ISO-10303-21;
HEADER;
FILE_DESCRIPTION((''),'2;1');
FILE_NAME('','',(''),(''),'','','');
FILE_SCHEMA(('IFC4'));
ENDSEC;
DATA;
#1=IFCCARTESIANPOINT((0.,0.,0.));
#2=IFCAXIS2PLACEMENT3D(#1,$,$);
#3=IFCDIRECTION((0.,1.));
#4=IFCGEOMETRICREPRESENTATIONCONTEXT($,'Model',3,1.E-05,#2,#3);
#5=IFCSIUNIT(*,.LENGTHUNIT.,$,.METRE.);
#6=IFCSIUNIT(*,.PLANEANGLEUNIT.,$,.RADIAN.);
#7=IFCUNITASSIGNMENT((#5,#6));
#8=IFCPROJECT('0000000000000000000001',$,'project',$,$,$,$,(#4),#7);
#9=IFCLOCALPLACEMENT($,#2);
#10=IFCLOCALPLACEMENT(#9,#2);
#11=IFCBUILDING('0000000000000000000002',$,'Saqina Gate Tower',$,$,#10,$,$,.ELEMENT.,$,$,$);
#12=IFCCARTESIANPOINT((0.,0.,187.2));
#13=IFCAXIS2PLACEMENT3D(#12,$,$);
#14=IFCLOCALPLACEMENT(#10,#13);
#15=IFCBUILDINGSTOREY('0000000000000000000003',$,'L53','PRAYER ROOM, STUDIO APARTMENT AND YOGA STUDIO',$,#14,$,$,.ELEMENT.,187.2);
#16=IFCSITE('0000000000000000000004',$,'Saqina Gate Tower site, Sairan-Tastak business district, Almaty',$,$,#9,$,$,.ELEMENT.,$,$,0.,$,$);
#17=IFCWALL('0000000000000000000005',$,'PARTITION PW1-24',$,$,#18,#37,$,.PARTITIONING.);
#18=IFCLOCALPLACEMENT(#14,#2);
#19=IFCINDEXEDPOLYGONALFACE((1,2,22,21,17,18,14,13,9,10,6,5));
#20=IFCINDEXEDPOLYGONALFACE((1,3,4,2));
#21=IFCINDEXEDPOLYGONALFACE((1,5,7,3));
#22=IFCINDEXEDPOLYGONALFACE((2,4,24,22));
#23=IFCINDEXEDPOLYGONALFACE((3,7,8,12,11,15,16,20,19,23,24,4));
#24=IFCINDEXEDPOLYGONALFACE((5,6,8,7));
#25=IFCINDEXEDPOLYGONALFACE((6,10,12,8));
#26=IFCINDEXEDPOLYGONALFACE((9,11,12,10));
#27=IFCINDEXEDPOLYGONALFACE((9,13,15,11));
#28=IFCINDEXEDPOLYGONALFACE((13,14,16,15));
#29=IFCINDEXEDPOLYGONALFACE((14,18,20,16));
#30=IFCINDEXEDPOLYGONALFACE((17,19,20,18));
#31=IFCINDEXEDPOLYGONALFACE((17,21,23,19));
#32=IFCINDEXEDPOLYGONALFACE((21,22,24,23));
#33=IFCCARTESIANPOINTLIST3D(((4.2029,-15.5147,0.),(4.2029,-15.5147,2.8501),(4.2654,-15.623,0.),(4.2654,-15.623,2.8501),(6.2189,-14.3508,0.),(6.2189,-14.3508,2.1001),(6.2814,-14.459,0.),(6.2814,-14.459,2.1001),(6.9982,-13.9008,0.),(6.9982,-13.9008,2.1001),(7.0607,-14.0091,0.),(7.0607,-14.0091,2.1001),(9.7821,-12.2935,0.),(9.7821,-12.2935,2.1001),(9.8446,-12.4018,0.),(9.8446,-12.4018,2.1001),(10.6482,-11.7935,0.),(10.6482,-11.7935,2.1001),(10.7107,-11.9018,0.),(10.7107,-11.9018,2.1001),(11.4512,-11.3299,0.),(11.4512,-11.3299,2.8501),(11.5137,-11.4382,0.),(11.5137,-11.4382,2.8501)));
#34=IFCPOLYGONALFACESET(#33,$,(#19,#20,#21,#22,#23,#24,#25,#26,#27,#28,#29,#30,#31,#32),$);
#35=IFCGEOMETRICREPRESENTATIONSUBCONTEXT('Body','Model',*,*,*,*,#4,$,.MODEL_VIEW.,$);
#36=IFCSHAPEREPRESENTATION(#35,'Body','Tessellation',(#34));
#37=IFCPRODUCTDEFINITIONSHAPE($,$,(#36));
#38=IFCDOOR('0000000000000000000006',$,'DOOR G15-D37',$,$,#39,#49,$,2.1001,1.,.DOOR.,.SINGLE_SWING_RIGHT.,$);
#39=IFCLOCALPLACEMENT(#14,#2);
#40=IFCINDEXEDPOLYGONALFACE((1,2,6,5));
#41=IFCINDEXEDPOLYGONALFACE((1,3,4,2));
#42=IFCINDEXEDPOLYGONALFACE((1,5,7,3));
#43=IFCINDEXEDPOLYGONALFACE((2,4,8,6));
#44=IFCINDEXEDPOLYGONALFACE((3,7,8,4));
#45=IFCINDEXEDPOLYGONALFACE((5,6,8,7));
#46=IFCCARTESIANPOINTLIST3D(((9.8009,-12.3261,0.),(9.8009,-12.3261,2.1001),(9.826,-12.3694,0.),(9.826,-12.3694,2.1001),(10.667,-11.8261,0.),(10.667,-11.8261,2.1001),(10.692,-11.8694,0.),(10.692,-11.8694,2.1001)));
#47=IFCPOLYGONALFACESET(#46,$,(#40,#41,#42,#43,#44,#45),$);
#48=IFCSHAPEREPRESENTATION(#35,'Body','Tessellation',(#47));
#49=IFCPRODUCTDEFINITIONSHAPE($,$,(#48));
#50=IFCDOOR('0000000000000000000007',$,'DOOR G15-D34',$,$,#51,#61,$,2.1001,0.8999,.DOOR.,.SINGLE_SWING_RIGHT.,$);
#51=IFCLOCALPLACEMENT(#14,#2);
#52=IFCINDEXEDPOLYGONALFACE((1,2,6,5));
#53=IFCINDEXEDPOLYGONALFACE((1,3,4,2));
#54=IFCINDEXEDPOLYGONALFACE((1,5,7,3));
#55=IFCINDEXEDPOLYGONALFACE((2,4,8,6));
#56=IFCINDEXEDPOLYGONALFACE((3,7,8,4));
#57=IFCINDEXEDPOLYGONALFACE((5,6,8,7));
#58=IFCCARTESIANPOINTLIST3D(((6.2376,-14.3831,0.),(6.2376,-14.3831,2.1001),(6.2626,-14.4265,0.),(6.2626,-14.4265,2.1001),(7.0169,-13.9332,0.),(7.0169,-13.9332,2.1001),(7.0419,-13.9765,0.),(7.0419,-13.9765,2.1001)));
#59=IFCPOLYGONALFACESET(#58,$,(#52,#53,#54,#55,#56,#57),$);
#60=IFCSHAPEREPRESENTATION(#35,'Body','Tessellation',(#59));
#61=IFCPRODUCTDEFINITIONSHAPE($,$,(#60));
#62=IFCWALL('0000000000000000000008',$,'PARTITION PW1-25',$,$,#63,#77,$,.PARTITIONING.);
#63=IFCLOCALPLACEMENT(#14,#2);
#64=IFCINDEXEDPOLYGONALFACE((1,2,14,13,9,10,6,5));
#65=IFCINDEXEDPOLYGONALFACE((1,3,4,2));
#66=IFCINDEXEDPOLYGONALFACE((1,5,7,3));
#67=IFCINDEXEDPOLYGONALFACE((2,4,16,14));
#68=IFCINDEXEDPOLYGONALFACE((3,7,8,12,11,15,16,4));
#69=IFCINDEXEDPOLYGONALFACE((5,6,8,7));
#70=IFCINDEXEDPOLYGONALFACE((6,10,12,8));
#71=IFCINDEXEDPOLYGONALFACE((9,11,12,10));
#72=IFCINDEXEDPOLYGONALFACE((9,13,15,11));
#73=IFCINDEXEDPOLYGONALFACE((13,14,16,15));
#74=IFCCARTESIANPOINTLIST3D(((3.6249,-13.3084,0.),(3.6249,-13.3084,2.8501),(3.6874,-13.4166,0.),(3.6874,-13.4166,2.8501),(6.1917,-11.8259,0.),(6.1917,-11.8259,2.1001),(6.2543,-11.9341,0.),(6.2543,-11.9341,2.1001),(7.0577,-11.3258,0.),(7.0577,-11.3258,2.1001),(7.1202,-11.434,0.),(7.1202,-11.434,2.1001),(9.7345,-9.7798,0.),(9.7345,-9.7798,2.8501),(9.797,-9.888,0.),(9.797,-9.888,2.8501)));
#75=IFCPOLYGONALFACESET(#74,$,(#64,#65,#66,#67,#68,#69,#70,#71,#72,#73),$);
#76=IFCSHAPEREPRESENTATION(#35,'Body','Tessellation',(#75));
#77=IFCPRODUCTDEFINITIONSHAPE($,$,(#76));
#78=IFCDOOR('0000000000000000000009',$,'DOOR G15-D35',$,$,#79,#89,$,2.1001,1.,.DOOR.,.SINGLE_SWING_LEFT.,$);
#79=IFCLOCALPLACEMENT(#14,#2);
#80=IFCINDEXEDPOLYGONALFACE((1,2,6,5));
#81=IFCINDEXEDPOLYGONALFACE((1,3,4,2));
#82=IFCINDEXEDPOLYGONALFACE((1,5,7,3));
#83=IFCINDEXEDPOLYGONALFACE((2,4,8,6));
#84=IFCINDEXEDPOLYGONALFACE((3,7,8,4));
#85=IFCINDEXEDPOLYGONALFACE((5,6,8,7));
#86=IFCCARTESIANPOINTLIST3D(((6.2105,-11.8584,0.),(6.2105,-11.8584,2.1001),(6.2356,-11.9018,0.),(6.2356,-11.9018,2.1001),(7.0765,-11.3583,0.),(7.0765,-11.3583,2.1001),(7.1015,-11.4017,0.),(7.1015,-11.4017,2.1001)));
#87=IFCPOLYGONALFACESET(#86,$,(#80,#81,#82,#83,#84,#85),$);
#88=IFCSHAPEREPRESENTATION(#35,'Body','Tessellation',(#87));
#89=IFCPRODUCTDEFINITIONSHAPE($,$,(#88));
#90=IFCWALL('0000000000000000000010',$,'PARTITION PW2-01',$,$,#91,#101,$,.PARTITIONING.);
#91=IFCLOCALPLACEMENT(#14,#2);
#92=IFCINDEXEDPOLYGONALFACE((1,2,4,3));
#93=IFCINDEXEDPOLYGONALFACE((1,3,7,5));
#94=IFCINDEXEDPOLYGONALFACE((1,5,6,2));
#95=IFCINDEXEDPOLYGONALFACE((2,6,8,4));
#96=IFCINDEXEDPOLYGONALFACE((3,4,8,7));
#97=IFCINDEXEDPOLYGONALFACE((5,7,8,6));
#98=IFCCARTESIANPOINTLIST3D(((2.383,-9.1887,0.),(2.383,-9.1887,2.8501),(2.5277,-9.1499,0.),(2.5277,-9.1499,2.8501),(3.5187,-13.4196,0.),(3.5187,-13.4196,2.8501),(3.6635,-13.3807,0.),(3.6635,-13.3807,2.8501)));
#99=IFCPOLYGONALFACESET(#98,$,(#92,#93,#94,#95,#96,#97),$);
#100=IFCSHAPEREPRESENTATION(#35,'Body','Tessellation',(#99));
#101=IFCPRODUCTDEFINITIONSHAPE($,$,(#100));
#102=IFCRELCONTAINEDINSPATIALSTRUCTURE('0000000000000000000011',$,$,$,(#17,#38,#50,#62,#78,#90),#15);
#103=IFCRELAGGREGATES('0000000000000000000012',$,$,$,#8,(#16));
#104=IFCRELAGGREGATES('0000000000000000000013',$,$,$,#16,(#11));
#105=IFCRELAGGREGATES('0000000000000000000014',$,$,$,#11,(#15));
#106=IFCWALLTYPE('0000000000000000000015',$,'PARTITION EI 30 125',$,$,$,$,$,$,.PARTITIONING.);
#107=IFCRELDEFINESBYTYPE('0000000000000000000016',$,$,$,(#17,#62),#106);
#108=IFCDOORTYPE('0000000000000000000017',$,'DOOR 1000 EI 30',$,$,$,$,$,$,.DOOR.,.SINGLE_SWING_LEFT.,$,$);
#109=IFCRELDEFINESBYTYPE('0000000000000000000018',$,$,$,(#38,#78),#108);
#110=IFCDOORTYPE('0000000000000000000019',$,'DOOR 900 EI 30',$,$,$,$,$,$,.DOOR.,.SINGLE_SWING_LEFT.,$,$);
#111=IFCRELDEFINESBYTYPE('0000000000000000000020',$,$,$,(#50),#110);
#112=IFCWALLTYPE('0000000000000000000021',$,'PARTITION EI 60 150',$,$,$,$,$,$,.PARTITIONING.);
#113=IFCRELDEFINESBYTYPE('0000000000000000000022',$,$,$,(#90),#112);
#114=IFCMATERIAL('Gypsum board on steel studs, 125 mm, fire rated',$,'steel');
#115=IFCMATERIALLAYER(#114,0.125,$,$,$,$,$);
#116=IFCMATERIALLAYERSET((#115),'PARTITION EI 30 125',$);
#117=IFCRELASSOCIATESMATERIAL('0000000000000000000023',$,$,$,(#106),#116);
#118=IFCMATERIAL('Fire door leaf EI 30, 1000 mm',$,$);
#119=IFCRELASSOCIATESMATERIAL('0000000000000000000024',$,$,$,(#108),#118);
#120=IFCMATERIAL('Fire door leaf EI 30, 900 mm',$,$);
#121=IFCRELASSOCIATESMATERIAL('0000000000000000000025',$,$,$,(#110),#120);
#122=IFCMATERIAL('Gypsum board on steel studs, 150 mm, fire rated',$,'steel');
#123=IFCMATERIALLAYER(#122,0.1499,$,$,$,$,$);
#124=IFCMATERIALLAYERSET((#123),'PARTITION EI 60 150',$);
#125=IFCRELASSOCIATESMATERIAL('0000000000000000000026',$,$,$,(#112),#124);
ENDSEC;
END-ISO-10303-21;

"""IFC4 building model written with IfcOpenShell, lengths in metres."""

from ifc_helpers import new_model, si_unit, direction, frame, frame_2d, origin, place, context, subcontext, project, spatial, rectangle, extrude, material, layer, layer_set, type_object, element, fill, save


model = new_model("IFC4")

# Units and contexts
model_context = context("Model", 3, precision=1e-05, world=origin(), true_north=direction((0.0, 1.0)))
body_context = subcontext(model_context, "Body", "Model", "MODEL_VIEW")
ifc_project = project(units=[si_unit("LENGTHUNIT", "METRE"), si_unit("PLANEANGLEUNIT", "RADIAN")], contexts=[model_context])

# Site, building, storey
site_placement = place(None, origin())
site = spatial("IfcSite", under=ifc_project, at=site_placement, Name="Saqina Gate Tower site, Sairan-Tastak business district, Almaty", CompositionType="ELEMENT", RefElevation=0.0)
building_placement = place(site_placement, origin())
building = spatial("IfcBuilding", under=site, at=building_placement, Name="Saqina Gate Tower", CompositionType="ELEMENT")
storey_placement = place(building_placement, frame((0.0, 0.0, 187.2)))
storey = spatial("IfcBuildingStorey", under=building, at=storey_placement, Name="L53", Description="PRAYER ROOM, STUDIO APARTMENT AND YOGA STUDIO", CompositionType="ELEMENT", Elevation=187.2)

# Shared definitions
ifc_material_1 = material(Name="Gypsum board on steel studs, 125 mm, fire rated", Category="steel")
ifc_layer_1 = layer(ifc_material_1, 0.125)
ifc_layer_set_1 = layer_set([ifc_layer_1], Name="PARTITION EI 30 125")
wall_type_1 = type_object("IfcWallType", Name="PARTITION EI 30 125", PredefinedType="PARTITIONING", material=ifc_layer_set_1)

# Wall, openings, doors
wall_1_placement = place(storey_placement, frame((4.2341, -15.5688, 0.0), z_axis=(0.0, 0.0, 1.0), x_axis=(0.866025, 0.500001, 0.0)))
wall_1 = element("IfcWall", 1, at=wall_1_placement, inside=storey, type_object=wall_type_1, Name="PARTITION PW1-24", PredefinedType="PARTITIONING", context=body_context, shape_type="SweptSolid", body=[
    extrude(rectangle(XDim=8.3696, YDim=0.125, at=frame_2d((4.1848, 0.0))), origin(), (0.0, 0.0, 1.0), 2.8501),
])
opening_1_placement = place(wall_1_placement, frame((2.3279, 0.0, 0.0)))
opening_1 = element("IfcOpeningElement", 2, at=opening_1_placement, cuts=wall_1, PredefinedType="OPENING", context=body_context, shape_type="SweptSolid", body=[
    extrude(rectangle(XDim=0.8999, YDim=2.1001, at=frame_2d((0.45, 1.05))), frame((0.0, 0.0745, 0.0), z_axis=(0.0, -1.0, 0.0), x_axis=(1.0, 0.0, 0.0)), (0.0, 0.0, 1.0), 0.1489),
])
opening_2_placement = place(wall_1_placement, frame((6.4424, 0.0, 0.0)))
opening_2 = element("IfcOpeningElement", 3, at=opening_2_placement, cuts=wall_1, PredefinedType="OPENING", context=body_context, shape_type="SweptSolid", body=[
    extrude(rectangle(XDim=1.0, YDim=2.1001, at=frame_2d((0.5, 1.05))), frame((0.0, 0.0745, 0.0), z_axis=(0.0, -1.0, 0.0), x_axis=(1.0, 0.0, 0.0)), (0.0, 0.0, 1.0), 0.1489),
])
ifc_material_2 = material(Name="Fire door leaf EI 30, 1000 mm")
door_type_1 = type_object("IfcDoorType", Name="DOOR 1000 EI 30", OperationType="SINGLE_SWING_LEFT", PredefinedType="DOOR", material=ifc_material_2)
door_1_placement = place(opening_2_placement, origin())
door_1 = element("IfcDoor", 4, at=door_1_placement, inside=storey, type_object=door_type_1, Name="DOOR G15-D37", OperationType="SINGLE_SWING_RIGHT", OverallHeight=2.1001, OverallWidth=1.0, PredefinedType="DOOR", context=body_context, shape_type="SweptSolid", body=[
    extrude(rectangle(XDim=1.0, YDim=2.1001, at=frame_2d((0.5, 1.05))), frame((0.0, 0.0249, 0.0), z_axis=(0.0, -1.0, 0.0), x_axis=(1.0, 0.0, 0.0)), (0.0, 0.0, 1.0), 0.05),
])
fill(opening_2, door_1)
ifc_material_3 = material(Name="Fire door leaf EI 30, 900 mm")
door_type_2 = type_object("IfcDoorType", Name="DOOR 900 EI 30", OperationType="SINGLE_SWING_LEFT", PredefinedType="DOOR", material=ifc_material_3)
door_2_placement = place(opening_1_placement, frame((0.8999, 0.0, 0.0), z_axis=(0.0, 0.0, 1.0), x_axis=(-1.0, 0.0, 0.0)))
door_2 = element("IfcDoor", 5, at=door_2_placement, inside=storey, type_object=door_type_2, Name="DOOR G15-D34", OperationType="SINGLE_SWING_RIGHT", OverallHeight=2.1001, OverallWidth=0.8999, PredefinedType="DOOR", context=body_context, shape_type="SweptSolid", body=[
    extrude(rectangle(XDim=0.8999, YDim=2.1001, at=frame_2d((0.45, 1.05))), frame((0.0, 0.0249, 0.0), z_axis=(0.0, -1.0, 0.0), x_axis=(1.0, 0.0, 0.0)), (0.0, 0.0, 1.0), 0.05),
])
fill(opening_1, door_2)

# Wall, opening, door
wall_2_placement = place(storey_placement, frame((3.656, -13.3625, 0.0), z_axis=(0.0, 0.0, 1.0), x_axis=(0.865953, 0.500125, 0.0)))
wall_2 = element("IfcWall", 6, at=wall_2_placement, inside=storey, type_object=wall_type_1, Name="PARTITION PW1-25", PredefinedType="PARTITIONING", context=body_context, shape_type="SweptSolid", body=[
    extrude(rectangle(XDim=7.0554, YDim=0.125, at=frame_2d((3.5278, 0.0))), origin(), (0.0, 0.0, 1.0), 2.8501),
])
opening_3_placement = place(wall_2_placement, frame((2.9644, 0.0, 0.0)))
opening_3 = element("IfcOpeningElement", 7, at=opening_3_placement, cuts=wall_2, PredefinedType="OPENING", context=body_context, shape_type="SweptSolid", body=[
    extrude(rectangle(XDim=1.0, YDim=2.1001, at=frame_2d((0.5, 1.05))), frame((0.0, 0.0745, 0.0), z_axis=(0.0, -1.0, 0.0), x_axis=(1.0, 0.0, 0.0)), (0.0, 0.0, 1.0), 0.1489),
])
door_3_placement = place(opening_3_placement, origin())
door_3 = element("IfcDoor", 8, at=door_3_placement, inside=storey, type_object=door_type_1, Name="DOOR G15-D35", OperationType="SINGLE_SWING_LEFT", OverallHeight=2.1001, OverallWidth=1.0, PredefinedType="DOOR", context=body_context, shape_type="SweptSolid", body=[
    extrude(rectangle(XDim=1.0, YDim=2.1001, at=frame_2d((0.5, 1.05))), frame((0.0, 0.0249, 0.0), z_axis=(0.0, -1.0, 0.0), x_axis=(1.0, 0.0, 0.0)), (0.0, 0.0, 1.0), 0.05),
])
fill(opening_3, door_3)

# Wall
ifc_material_4 = material(Name="Gypsum board on steel studs, 150 mm, fire rated", Category="steel")
ifc_layer_2 = layer(ifc_material_4, 0.1499)
ifc_layer_set_2 = layer_set([ifc_layer_2], Name="PARTITION EI 60 150")
wall_type_2 = type_object("IfcWallType", Name="PARTITION EI 60 150", PredefinedType="PARTITIONING", material=ifc_layer_set_2)
wall_3_placement = place(storey_placement, frame((2.4553, -9.1692, 0.0), z_axis=(0.0, 0.0, 1.0), x_axis=(0.259272, -0.965804, 0.0)))
element("IfcWall", 9, at=wall_3_placement, inside=storey, type_object=wall_type_2, Name="PARTITION PW2-01", PredefinedType="PARTITIONING", context=body_context, shape_type="SweptSolid", body=[
    extrude(rectangle(XDim=4.3806, YDim=0.1499, at=frame_2d((2.1904, 0.0))), origin(), (0.0, 0.0, 1.0), 2.8501),
])

save(model, "model.ifc")
